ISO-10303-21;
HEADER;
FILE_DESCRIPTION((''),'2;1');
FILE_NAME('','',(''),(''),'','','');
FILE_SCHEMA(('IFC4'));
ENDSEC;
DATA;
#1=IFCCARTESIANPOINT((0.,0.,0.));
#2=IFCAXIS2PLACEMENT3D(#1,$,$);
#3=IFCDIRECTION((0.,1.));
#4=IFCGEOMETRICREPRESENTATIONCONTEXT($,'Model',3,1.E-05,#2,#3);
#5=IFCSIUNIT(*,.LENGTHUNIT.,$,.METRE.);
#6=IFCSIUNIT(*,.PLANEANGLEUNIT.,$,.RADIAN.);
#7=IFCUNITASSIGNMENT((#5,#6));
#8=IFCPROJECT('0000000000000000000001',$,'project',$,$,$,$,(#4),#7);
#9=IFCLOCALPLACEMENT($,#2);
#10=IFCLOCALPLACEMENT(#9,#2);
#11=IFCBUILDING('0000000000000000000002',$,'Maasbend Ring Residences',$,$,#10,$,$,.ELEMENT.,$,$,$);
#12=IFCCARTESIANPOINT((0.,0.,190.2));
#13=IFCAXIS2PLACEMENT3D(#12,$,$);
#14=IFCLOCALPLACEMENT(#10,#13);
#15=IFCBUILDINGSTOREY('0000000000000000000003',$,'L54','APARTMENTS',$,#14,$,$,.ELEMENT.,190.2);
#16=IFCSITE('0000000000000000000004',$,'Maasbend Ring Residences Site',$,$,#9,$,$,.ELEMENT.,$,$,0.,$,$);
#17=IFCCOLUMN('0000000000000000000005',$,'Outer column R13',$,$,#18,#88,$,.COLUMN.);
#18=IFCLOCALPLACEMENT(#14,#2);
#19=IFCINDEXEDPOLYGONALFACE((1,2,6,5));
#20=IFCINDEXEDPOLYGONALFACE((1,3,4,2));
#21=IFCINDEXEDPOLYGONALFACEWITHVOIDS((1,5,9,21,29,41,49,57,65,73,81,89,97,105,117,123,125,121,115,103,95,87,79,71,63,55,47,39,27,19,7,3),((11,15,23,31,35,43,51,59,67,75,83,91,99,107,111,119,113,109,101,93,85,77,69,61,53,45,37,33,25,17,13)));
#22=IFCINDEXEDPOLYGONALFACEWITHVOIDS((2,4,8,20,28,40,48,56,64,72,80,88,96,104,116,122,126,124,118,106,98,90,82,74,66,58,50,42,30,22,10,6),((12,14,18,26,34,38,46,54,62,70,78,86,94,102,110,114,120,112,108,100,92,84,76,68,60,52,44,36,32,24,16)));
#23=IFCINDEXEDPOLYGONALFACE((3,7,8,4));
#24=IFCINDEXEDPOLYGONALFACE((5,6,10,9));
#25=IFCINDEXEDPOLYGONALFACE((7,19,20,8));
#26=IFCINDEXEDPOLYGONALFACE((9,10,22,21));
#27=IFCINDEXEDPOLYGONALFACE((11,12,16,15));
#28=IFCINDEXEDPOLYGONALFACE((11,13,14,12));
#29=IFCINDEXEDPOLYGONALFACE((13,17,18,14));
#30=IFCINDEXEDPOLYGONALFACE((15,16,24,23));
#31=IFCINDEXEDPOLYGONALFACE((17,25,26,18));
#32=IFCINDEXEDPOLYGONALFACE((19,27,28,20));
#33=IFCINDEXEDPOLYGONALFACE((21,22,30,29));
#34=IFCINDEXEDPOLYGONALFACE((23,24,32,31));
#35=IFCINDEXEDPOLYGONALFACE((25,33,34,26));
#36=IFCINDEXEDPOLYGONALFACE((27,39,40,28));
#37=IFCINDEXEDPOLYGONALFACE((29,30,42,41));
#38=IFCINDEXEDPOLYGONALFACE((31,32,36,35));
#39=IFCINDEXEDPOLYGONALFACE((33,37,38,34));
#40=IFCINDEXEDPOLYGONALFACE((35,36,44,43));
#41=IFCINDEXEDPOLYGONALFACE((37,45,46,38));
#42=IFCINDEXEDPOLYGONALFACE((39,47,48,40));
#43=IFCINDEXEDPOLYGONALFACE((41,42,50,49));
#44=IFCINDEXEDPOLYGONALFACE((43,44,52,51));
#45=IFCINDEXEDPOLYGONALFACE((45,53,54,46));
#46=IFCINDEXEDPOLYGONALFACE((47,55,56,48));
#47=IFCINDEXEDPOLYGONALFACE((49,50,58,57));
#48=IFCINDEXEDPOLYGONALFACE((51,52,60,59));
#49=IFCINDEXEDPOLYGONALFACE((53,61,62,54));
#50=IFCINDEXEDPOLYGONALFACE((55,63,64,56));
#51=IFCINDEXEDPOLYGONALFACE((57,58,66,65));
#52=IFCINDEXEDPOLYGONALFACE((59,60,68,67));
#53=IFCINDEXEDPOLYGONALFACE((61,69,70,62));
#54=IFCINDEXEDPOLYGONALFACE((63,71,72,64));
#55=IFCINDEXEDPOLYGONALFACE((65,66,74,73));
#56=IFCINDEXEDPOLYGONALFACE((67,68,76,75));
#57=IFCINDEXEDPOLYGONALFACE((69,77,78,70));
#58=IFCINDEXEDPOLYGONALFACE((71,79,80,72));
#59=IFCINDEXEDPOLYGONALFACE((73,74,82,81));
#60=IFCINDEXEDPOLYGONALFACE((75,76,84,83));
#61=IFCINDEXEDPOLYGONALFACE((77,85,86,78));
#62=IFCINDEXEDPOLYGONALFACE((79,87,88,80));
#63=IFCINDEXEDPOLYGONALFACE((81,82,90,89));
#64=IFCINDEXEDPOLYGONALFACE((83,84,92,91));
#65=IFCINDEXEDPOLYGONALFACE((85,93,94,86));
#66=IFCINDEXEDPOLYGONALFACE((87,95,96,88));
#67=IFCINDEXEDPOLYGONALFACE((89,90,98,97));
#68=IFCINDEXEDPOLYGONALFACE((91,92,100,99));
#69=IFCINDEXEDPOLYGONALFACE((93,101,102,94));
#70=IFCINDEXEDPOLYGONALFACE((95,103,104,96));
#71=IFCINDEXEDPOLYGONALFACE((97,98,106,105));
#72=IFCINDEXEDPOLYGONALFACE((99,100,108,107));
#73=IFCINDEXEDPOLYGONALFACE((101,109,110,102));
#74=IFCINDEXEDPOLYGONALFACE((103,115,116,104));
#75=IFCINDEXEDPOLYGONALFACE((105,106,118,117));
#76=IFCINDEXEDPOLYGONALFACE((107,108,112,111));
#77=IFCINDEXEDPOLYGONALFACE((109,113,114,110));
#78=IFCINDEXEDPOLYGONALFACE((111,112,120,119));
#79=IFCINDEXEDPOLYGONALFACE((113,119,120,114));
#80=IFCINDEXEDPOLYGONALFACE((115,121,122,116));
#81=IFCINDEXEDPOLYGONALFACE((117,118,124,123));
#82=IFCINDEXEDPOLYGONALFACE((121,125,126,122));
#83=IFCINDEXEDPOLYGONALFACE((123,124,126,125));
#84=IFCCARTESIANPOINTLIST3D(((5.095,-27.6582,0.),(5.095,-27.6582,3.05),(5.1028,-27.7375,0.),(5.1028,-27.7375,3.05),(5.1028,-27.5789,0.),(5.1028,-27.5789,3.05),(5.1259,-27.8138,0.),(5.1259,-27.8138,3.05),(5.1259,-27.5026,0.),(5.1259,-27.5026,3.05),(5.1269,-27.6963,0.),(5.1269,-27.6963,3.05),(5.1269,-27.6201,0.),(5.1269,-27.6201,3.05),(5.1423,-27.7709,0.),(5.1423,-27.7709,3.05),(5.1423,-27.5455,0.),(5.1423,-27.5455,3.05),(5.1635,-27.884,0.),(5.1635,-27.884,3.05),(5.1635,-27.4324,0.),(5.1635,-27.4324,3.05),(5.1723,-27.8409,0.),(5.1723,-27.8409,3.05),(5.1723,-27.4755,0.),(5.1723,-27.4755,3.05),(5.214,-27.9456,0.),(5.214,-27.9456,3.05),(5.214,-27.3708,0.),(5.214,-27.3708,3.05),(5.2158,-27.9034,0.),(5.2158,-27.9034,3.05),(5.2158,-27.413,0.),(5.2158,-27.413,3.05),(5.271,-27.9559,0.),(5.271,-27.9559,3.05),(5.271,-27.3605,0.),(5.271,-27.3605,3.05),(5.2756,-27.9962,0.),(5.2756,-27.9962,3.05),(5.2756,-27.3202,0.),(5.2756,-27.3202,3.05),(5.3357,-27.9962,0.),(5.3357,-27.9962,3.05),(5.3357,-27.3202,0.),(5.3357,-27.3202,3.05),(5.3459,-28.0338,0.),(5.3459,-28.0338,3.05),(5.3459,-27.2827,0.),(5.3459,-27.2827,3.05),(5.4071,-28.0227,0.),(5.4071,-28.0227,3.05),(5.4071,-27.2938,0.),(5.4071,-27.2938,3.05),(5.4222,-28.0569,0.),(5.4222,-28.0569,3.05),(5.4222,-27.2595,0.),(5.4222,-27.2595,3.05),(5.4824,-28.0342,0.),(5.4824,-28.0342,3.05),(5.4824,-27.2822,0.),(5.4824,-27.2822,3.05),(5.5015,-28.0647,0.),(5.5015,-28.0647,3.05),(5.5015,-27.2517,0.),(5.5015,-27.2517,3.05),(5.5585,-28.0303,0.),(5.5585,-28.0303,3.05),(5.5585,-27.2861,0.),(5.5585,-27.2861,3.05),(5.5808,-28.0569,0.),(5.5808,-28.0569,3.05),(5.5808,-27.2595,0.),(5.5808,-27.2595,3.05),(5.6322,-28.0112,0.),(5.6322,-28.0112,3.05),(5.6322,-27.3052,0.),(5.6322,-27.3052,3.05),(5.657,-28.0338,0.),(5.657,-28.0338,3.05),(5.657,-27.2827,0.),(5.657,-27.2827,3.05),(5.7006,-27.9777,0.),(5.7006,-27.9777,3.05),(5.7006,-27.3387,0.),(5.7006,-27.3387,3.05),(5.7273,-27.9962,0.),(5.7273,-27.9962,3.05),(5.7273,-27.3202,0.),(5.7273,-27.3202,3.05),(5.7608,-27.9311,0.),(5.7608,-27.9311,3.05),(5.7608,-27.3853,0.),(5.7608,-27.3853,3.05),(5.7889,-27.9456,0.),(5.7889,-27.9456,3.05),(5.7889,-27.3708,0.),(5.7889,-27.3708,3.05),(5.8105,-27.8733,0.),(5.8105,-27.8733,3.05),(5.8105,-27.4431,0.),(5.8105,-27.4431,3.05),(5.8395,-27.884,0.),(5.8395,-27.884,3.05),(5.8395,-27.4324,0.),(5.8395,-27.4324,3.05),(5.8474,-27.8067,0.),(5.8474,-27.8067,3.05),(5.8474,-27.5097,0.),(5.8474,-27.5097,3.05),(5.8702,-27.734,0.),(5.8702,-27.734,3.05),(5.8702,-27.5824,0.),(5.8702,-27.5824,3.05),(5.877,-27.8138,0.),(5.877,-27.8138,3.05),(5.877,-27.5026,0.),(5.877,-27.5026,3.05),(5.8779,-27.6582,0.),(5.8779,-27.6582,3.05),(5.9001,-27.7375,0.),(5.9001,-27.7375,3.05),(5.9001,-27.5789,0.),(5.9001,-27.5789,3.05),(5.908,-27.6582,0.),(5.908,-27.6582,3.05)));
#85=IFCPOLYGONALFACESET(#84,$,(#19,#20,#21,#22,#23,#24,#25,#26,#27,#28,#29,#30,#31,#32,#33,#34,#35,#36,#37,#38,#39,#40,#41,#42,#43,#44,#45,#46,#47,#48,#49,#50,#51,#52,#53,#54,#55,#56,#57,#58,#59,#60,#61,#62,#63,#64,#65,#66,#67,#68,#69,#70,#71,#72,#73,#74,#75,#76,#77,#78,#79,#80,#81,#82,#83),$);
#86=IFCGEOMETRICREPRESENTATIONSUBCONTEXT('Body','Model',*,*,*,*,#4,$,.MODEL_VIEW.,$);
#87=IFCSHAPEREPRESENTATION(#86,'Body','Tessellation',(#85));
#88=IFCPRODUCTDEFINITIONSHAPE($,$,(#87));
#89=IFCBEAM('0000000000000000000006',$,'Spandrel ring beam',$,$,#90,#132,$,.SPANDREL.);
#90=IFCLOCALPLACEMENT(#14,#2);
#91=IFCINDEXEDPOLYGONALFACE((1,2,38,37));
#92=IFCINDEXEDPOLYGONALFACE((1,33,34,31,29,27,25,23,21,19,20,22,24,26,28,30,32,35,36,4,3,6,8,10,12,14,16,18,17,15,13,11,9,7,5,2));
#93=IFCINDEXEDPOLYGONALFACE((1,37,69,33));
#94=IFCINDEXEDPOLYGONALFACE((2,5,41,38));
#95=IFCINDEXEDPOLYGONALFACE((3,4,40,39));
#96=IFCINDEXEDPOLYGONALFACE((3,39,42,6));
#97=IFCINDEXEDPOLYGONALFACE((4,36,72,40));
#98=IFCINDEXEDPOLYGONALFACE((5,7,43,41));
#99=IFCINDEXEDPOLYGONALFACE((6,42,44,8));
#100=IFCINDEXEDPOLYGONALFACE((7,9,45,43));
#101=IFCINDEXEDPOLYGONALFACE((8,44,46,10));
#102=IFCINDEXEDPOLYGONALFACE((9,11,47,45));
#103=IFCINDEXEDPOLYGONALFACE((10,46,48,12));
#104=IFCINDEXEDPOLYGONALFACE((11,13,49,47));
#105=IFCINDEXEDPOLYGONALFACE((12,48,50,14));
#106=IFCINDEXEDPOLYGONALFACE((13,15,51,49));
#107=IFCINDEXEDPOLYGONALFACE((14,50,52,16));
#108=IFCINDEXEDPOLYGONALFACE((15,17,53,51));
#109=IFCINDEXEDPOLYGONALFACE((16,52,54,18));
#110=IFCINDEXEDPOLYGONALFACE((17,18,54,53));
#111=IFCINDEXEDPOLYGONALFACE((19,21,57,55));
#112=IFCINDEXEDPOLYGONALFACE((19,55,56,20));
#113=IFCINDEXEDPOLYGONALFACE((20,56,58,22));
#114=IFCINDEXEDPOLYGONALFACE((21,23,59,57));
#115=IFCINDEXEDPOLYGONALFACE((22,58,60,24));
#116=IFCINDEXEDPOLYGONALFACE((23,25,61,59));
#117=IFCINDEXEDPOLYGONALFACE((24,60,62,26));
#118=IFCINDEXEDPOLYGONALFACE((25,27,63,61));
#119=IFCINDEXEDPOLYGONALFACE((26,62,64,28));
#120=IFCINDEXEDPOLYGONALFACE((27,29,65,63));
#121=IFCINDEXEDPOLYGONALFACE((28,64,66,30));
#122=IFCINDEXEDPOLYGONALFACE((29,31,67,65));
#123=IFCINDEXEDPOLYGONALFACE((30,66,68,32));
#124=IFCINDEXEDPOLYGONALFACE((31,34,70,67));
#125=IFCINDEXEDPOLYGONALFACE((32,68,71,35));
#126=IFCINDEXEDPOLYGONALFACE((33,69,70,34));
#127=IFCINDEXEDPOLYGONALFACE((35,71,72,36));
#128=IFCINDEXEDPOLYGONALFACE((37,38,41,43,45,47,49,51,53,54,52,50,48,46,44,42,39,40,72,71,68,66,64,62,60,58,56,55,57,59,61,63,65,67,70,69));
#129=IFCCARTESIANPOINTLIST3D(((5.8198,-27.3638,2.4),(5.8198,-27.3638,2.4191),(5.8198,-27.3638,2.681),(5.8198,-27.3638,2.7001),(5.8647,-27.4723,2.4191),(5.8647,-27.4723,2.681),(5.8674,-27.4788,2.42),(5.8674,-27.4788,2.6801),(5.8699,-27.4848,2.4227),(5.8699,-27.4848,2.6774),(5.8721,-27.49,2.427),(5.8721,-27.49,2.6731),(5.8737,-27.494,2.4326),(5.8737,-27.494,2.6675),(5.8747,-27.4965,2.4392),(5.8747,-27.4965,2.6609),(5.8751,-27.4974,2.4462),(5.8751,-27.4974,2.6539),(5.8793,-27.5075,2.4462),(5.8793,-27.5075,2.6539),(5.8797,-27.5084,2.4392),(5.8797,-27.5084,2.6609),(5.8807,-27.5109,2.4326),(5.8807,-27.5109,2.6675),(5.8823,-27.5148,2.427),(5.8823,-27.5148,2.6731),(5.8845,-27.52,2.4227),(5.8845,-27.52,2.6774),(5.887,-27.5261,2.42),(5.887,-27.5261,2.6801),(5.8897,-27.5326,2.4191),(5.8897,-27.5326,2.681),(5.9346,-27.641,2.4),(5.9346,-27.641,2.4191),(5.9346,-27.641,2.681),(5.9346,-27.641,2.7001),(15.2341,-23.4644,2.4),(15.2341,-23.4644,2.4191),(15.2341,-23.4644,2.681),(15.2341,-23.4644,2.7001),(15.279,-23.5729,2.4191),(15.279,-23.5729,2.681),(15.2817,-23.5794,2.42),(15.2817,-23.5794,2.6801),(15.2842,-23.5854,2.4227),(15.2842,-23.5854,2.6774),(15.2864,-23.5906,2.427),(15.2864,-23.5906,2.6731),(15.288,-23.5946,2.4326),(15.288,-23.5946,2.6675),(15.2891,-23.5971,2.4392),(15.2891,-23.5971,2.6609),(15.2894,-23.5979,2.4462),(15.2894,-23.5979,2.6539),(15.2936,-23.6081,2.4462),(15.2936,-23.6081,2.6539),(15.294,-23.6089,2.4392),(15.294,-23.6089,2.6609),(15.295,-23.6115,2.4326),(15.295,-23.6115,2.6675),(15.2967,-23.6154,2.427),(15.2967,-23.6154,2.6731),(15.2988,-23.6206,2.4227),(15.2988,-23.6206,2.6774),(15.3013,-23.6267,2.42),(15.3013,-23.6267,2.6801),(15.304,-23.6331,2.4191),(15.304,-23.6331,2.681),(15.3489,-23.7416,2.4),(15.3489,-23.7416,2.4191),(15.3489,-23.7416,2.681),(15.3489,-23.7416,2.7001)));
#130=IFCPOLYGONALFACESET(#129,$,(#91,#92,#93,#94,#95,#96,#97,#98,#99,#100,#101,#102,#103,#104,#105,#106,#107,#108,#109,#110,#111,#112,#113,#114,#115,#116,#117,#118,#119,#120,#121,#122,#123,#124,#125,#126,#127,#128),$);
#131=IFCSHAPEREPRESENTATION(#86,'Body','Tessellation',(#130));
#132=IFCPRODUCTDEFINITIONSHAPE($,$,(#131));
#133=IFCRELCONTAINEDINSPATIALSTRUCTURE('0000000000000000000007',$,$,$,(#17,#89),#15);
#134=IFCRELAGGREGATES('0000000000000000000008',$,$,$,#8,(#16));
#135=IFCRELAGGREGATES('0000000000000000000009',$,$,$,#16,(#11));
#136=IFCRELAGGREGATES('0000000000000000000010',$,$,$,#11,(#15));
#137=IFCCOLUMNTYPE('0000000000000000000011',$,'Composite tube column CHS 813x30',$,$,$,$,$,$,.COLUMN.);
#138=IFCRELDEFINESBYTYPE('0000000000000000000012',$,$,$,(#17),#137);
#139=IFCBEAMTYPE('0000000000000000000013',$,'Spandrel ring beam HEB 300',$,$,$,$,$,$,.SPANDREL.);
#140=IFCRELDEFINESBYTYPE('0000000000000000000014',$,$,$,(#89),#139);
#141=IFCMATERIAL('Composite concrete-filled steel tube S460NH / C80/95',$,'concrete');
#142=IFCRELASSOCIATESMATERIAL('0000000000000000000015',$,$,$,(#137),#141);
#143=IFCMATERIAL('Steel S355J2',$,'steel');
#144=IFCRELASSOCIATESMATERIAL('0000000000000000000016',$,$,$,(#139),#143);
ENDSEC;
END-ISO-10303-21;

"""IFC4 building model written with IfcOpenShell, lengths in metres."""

from ifc_helpers import new_model, si_unit, direction, frame, origin, origin_2d, place, context, subcontext, project, spatial, hollow_circle, i_section, extrude, material, material_profile, profile_set, type_object, element, save


model = new_model("IFC4")

# Units and contexts
model_context = context("Model", 3, precision=1e-05, world=origin(), true_north=direction((0.0, 1.0)))
body_context = subcontext(model_context, "Body", "Model", "MODEL_VIEW")
ifc_project = project(units=[si_unit("LENGTHUNIT", "METRE"), si_unit("PLANEANGLEUNIT", "RADIAN")], contexts=[model_context])

# Site, building, storey
site_placement = place(None, origin())
site = spatial("IfcSite", under=ifc_project, at=site_placement, Name="Maasbend Ring Residences Site", CompositionType="ELEMENT", RefElevation=0.0)
building_placement = place(site_placement, origin())
building = spatial("IfcBuilding", under=site, at=building_placement, Name="Maasbend Ring Residences", CompositionType="ELEMENT")
storey_placement = place(building_placement, frame((0.0, 0.0, 190.2)))
storey = spatial("IfcBuildingStorey", under=building, at=storey_placement, Name="L54", Description="APARTMENTS", CompositionType="ELEMENT", Elevation=190.2)

# Column
ifc_material_1 = material(Name="Composite concrete-filled steel tube S460NH / C80/95", Category="concrete")
ifc_material_profile_1 = material_profile(ifc_material_1, hollow_circle(Radius=0.4065, WallThickness=0.03, at=origin_2d()), Name="Composite tube column CHS 813x30")
ifc_profile_set_1 = profile_set([ifc_material_profile_1], Name="Composite concrete-filled steel tube S460NH / C80/95")
column_type = type_object("IfcColumnType", Name="Composite tube column CHS 813x30", PredefinedType="COLUMN", material=ifc_profile_set_1)
column_placement = place(storey_placement, frame((5.5015, -27.6582, 0.0), z_axis=(0.0, 0.0, 1.0), x_axis=(1.0, 0.0, 0.0)))
element("IfcColumn", 1, at=column_placement, inside=storey, type_object=column_type, Name="Outer column R13", PredefinedType="COLUMN", context=body_context, shape_type="SweptSolid", body=[
    extrude(hollow_circle(Radius=0.4065, WallThickness=0.03, at=origin_2d()), origin(), (0.0, 0.0, 1.0), 3.05),
])

# Beam
ifc_material_2 = material(Name="Steel S355J2", Category="steel")
ifc_material_profile_2 = material_profile(ifc_material_2, i_section(OverallWidth=0.3, OverallDepth=0.3, WebThickness=0.011, FlangeThickness=0.019, FilletRadius=0.0271, at=origin_2d()), Name="HEB 300")
ifc_profile_set_2 = profile_set([ifc_material_profile_2], Name="Steel S355J2")
beam_type = type_object("IfcBeamType", Name="Spandrel ring beam HEB 300", PredefinedType="SPANDREL", material=ifc_profile_set_2)
beam_placement = place(storey_placement, frame((5.8772, -27.5024, 2.55), z_axis=(0.923884, 0.382673, 0.0), x_axis=(-0.382673, 0.923884, 0.0)))
element("IfcBeam", 2, at=beam_placement, inside=storey, type_object=beam_type, Name="Spandrel ring beam", PredefinedType="SPANDREL", context=body_context, shape_type="SweptSolid", body=[
    extrude(i_section(OverallWidth=0.3, OverallDepth=0.3, WebThickness=0.011, FlangeThickness=0.019, FilletRadius=0.0271, at=origin_2d()), origin(), (0.0, 0.0, 1.0), 10.1899),
])

save(model, "model.ifc")
